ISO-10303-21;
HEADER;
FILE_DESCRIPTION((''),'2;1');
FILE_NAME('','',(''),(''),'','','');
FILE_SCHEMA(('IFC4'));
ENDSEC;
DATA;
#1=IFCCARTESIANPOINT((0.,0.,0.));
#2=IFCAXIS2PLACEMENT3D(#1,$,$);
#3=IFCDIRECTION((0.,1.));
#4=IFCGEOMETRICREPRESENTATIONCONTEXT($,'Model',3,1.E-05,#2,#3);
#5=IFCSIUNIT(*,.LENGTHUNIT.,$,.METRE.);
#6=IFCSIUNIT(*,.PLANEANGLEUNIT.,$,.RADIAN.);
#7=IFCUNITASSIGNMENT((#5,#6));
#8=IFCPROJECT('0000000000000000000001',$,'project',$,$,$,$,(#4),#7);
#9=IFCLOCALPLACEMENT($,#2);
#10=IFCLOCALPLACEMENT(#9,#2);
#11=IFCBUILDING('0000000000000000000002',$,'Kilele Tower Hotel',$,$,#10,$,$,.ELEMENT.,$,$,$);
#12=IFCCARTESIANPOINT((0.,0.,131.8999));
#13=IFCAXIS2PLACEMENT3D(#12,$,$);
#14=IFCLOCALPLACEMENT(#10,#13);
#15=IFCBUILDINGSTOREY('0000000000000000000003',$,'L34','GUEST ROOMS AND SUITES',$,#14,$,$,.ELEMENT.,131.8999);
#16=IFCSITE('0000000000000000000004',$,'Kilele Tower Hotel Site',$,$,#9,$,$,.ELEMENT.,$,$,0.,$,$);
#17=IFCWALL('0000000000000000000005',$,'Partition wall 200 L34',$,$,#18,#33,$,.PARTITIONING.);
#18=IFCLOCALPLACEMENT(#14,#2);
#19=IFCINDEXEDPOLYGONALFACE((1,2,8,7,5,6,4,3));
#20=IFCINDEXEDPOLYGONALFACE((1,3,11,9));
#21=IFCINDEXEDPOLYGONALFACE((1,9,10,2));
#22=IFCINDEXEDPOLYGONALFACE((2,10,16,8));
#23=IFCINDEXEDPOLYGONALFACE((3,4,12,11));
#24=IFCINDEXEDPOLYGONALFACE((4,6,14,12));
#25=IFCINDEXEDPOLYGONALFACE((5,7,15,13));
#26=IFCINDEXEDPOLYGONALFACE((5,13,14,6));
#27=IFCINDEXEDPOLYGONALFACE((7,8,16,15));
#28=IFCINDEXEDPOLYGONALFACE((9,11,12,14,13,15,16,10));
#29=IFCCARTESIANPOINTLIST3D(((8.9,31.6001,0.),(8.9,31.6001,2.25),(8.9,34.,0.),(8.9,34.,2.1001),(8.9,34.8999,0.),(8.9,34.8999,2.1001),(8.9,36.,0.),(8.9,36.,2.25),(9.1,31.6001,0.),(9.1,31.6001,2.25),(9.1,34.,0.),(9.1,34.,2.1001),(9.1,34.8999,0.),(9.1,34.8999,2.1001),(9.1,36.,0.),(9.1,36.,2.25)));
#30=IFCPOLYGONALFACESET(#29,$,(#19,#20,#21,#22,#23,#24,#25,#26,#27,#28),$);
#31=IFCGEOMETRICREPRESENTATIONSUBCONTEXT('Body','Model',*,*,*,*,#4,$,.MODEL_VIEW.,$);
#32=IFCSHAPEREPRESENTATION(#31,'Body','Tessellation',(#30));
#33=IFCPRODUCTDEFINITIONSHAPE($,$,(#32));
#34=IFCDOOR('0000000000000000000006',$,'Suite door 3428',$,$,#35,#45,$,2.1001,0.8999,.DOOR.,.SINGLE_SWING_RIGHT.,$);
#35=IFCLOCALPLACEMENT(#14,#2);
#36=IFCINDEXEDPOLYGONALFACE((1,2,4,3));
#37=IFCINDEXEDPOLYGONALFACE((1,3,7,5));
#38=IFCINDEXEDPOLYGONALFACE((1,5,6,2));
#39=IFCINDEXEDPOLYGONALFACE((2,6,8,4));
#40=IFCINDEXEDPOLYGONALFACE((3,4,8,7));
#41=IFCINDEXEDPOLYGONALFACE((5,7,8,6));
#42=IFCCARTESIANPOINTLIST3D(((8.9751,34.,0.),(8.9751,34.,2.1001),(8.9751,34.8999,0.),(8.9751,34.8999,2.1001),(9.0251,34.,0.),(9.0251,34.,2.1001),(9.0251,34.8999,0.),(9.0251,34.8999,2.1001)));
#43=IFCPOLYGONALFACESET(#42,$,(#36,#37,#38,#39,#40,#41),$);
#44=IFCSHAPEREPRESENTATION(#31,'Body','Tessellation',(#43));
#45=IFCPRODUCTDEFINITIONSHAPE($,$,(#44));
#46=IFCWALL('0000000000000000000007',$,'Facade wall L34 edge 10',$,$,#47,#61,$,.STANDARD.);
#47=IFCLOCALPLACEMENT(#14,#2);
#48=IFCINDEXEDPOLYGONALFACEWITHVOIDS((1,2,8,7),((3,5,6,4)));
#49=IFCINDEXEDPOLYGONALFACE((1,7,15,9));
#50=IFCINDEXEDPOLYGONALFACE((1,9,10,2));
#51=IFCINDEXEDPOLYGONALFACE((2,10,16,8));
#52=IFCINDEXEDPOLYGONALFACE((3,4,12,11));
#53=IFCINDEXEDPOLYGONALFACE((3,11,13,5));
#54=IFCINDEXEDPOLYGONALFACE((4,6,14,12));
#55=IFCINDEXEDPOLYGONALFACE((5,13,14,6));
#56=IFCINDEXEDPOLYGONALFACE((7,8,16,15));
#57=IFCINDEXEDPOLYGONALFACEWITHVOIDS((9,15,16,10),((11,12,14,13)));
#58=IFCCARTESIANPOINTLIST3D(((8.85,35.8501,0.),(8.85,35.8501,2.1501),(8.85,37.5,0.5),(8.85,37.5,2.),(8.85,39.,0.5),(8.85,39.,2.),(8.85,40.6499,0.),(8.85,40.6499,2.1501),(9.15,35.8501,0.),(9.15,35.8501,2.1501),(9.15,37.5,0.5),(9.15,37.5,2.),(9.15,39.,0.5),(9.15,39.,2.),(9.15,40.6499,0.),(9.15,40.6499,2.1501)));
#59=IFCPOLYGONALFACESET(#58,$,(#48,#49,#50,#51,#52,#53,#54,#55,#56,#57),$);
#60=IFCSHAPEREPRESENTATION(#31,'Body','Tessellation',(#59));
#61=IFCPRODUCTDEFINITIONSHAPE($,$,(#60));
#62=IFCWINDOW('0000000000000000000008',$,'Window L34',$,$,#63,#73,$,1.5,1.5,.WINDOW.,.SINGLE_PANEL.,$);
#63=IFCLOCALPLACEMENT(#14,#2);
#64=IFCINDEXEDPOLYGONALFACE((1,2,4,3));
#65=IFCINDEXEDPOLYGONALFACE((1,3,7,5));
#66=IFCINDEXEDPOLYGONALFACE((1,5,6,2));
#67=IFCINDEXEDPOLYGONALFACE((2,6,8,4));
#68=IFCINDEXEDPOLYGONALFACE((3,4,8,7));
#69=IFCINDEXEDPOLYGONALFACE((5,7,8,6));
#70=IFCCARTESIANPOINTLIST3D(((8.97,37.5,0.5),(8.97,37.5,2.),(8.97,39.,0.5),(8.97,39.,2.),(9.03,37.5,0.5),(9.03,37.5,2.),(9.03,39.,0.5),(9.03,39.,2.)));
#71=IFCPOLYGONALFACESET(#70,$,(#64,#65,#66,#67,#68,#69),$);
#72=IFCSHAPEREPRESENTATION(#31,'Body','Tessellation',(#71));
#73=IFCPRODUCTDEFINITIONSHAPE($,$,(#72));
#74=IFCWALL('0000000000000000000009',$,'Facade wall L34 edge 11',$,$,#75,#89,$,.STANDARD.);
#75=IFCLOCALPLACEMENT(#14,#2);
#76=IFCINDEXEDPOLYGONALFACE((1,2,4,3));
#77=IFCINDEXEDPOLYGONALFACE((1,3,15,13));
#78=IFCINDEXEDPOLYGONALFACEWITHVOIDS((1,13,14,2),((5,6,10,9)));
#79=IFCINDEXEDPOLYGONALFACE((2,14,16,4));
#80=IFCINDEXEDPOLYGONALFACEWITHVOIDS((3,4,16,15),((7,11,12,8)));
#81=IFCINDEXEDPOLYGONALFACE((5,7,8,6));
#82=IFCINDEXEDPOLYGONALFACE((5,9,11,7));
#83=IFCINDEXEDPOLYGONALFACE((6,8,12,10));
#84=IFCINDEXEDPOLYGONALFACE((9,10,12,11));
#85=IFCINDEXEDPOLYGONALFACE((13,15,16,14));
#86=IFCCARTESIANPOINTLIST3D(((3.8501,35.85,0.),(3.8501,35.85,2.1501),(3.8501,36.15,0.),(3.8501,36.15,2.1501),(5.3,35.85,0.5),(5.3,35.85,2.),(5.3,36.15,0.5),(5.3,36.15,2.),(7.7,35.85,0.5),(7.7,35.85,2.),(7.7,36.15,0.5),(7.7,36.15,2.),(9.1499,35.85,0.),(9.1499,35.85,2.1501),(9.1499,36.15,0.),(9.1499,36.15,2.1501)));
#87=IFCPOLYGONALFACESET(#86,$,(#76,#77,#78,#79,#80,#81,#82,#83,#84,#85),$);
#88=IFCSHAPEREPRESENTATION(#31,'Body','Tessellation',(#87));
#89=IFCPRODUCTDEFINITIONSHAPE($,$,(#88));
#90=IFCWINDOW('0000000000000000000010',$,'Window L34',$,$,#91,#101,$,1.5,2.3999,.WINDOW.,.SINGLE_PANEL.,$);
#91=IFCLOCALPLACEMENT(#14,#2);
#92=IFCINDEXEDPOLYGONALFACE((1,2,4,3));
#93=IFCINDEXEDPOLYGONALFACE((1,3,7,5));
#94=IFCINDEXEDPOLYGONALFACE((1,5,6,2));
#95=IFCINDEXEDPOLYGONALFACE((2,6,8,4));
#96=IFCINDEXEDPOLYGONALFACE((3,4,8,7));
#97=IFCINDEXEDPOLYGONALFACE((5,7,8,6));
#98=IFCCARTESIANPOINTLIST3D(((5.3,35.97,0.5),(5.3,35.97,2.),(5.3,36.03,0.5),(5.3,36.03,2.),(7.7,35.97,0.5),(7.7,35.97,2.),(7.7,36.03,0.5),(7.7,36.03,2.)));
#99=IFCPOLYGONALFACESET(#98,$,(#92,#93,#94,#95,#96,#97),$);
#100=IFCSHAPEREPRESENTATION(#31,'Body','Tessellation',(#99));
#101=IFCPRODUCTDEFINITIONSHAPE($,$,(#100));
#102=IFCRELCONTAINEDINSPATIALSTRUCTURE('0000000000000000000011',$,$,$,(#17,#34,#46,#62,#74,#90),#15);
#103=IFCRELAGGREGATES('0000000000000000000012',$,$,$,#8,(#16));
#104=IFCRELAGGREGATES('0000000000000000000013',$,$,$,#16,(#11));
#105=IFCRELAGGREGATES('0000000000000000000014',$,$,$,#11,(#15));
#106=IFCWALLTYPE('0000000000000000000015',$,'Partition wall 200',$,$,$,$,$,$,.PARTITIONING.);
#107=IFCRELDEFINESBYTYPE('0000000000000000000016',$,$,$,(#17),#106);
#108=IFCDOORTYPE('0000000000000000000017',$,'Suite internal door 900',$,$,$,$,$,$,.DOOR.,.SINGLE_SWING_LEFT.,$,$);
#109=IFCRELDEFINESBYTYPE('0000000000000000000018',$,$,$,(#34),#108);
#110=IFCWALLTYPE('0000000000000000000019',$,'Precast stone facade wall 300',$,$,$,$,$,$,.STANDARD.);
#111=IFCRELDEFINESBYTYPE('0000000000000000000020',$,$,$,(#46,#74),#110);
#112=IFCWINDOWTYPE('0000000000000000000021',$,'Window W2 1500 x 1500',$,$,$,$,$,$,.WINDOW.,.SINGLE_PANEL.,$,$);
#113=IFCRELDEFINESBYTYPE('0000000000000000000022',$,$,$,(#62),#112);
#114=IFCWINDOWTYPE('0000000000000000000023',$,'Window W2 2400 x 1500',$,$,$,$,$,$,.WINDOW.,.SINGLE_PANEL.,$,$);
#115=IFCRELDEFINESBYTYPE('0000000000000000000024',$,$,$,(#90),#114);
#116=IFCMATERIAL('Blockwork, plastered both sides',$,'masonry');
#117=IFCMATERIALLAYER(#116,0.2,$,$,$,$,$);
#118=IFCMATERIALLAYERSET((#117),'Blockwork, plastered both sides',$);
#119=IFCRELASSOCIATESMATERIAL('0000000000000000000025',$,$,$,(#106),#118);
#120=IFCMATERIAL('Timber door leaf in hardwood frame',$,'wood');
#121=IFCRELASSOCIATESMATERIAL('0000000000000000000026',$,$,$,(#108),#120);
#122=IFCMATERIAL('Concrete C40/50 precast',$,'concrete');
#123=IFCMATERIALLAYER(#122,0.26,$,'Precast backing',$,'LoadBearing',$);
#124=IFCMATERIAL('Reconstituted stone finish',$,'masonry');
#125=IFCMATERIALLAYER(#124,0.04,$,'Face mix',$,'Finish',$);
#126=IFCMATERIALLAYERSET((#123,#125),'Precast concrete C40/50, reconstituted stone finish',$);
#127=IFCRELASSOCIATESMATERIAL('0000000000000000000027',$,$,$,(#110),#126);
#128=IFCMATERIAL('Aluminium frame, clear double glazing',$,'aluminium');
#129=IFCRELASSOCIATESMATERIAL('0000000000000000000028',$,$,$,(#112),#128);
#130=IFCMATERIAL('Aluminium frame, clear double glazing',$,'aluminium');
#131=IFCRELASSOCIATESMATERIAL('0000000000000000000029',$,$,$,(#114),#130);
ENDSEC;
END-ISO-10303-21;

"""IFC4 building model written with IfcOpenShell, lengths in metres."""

from ifc_helpers import new_model, si_unit, direction, frame, frame_2d, origin, place, context, subcontext, project, spatial, rectangle, extrude, material, layer, layer_set, type_object, element, fill, save


model = new_model("IFC4")

# Units and contexts
model_context = context("Model", 3, precision=1e-05, world=origin(), true_north=direction((0.0, 1.0)))
body_context = subcontext(model_context, "Body", "Model", "MODEL_VIEW")
ifc_project = project(units=[si_unit("LENGTHUNIT", "METRE"), si_unit("PLANEANGLEUNIT", "RADIAN")], contexts=[model_context])

# Site, building, storey
site_placement = place(None, origin())
site = spatial("IfcSite", under=ifc_project, at=site_placement, Name="Kilele Tower Hotel Site", CompositionType="ELEMENT", RefElevation=0.0)
building_placement = place(site_placement, origin())
building = spatial("IfcBuilding", under=site, at=building_placement, Name="Kilele Tower Hotel", CompositionType="ELEMENT")
storey_placement = place(building_placement, frame((0.0, 0.0, 131.8999)))
storey = spatial("IfcBuildingStorey", under=building, at=storey_placement, Name="L34", Description="GUEST ROOMS AND SUITES", CompositionType="ELEMENT", Elevation=131.8999)

# Wall, opening, door
ifc_material_1 = material(Name="Blockwork, plastered both sides", Category="masonry")
ifc_layer_1 = layer(ifc_material_1, 0.2)
ifc_layer_set_1 = layer_set([ifc_layer_1], Name="Blockwork, plastered both sides")
wall_type_1 = type_object("IfcWallType", Name="Partition wall 200", PredefinedType="PARTITIONING", material=ifc_layer_set_1)
wall_1_placement = place(storey_placement, frame((9.0, 31.6001, 0.0), z_axis=(0.0, 0.0, 1.0), x_axis=(0.0, 1.0, 0.0)))
wall_1 = element("IfcWall", 1, at=wall_1_placement, inside=storey, type_object=wall_type_1, Name="Partition wall 200 L34", PredefinedType="PARTITIONING", context=body_context, shape_type="SweptSolid", body=[
    extrude(rectangle(XDim=4.3999, YDim=0.2, at=frame_2d((2.2, 0.0))), origin(), (0.0, 0.0, 1.0), 2.25),
])
opening_1_placement = place(wall_1_placement, frame((2.3999, 0.0, 0.0)))
opening_1 = element("IfcOpeningElement", 2, at=opening_1_placement, cuts=wall_1, PredefinedType="OPENING", context=body_context, shape_type="SweptSolid", body=[
    extrude(rectangle(XDim=0.8999, YDim=2.1001, at=frame_2d((0.45, 1.05))), frame((0.0, 0.1099, 0.0), z_axis=(0.0, -1.0, 0.0), x_axis=(1.0, 0.0, 0.0)), (0.0, 0.0, 1.0), 0.22),
])
ifc_material_2 = material(Name="Timber door leaf in hardwood frame", Category="wood")
door_type_1 = type_object("IfcDoorType", Name="Suite internal door 900", OperationType="SINGLE_SWING_LEFT", PredefinedType="DOOR", material=ifc_material_2)
door_1_placement = place(opening_1_placement, origin())
door_1 = element("IfcDoor", 3, at=door_1_placement, inside=storey, type_object=door_type_1, Name="Suite door 3428", OperationType="SINGLE_SWING_RIGHT", OverallHeight=2.1001, OverallWidth=0.8999, PredefinedType="DOOR", context=body_context, shape_type="SweptSolid", body=[
    extrude(rectangle(XDim=0.8999, YDim=2.1001, at=frame_2d((0.45, 1.05))), frame((0.0, 0.0249, 0.0), z_axis=(0.0, -1.0, 0.0), x_axis=(1.0, 0.0, 0.0)), (0.0, 0.0, 1.0), 0.05),
])
fill(opening_1, door_1)

# Walls, openings, windows
ifc_material_3 = material(Name="Concrete C40/50 precast", Category="concrete")
ifc_layer_2 = layer(ifc_material_3, 0.26, Name="Precast backing", Category="LoadBearing")
ifc_material_4 = material(Name="Reconstituted stone finish", Category="masonry")
ifc_layer_3 = layer(ifc_material_4, 0.04, Name="Face mix", Category="Finish")
ifc_layer_set_2 = layer_set([ifc_layer_2, ifc_layer_3], Name="Precast concrete C40/50, reconstituted stone finish")
wall_type_2 = type_object("IfcWallType", Name="Precast stone facade wall 300", PredefinedType="STANDARD", material=ifc_layer_set_2)
wall_2_placement = place(storey_placement, frame((9.0, 40.6499, 0.0), z_axis=(0.0, 0.0, 1.0), x_axis=(0.0, -1.0, 0.0)))
wall_2 = element("IfcWall", 4, at=wall_2_placement, inside=storey, type_object=wall_type_2, Name="Facade wall L34 edge 10", PredefinedType="STANDARD", context=body_context, shape_type="SweptSolid", body=[
    extrude(rectangle(XDim=4.7998, YDim=0.3, at=frame_2d((2.3999, 0.0))), origin(), (0.0, 0.0, 1.0), 2.1501),
])
opening_2_placement = place(wall_2_placement, frame((1.6499, 0.0, 0.5)))
opening_2 = element("IfcOpeningElement", 5, at=opening_2_placement, cuts=wall_2, PredefinedType="OPENING", context=body_context, shape_type="SweptSolid", body=[
    extrude(rectangle(XDim=1.5, YDim=1.5, at=frame_2d((0.75, 0.75))), frame((0.0, 0.1599, 0.0), z_axis=(0.0, -1.0, 0.0), x_axis=(1.0, 0.0, 0.0)), (0.0, 0.0, 1.0), 0.3201),
])
ifc_material_5 = material(Name="Aluminium frame, clear double glazing", Category="aluminium")
window_type_1 = type_object("IfcWindowType", Name="Window W2 1500 x 1500", PartitioningType="SINGLE_PANEL", PredefinedType="WINDOW", material=ifc_material_5)
window_1_placement = place(opening_2_placement, origin())
window_1 = element("IfcWindow", 6, at=window_1_placement, inside=storey, type_object=window_type_1, Name="Window L34", OverallHeight=1.5, OverallWidth=1.5, PartitioningType="SINGLE_PANEL", PredefinedType="WINDOW", context=body_context, shape_type="SweptSolid", body=[
    extrude(rectangle(XDim=1.5, YDim=1.5, at=frame_2d((0.75, 0.75))), frame((0.0, 0.03, 0.0), z_axis=(0.0, -1.0, 0.0), x_axis=(1.0, 0.0, 0.0)), (0.0, 0.0, 1.0), 0.0601),
])
fill(opening_2, window_1)
wall_3_placement = place(storey_placement, frame((9.1499, 36.0, 0.0), z_axis=(0.0, 0.0, 1.0), x_axis=(-1.0, 0.0, 0.0)))
wall_3 = element("IfcWall", 7, at=wall_3_placement, inside=storey, type_object=wall_type_2, Name="Facade wall L34 edge 11", PredefinedType="STANDARD", context=body_context, shape_type="SweptSolid", body=[
    extrude(rectangle(XDim=5.2998, YDim=0.3, at=frame_2d((2.6499, 0.0))), origin(), (0.0, 0.0, 1.0), 2.1501),
])
opening_3_placement = place(wall_3_placement, frame((1.45, 0.0, 0.5)))
opening_3 = element("IfcOpeningElement", 8, at=opening_3_placement, cuts=wall_3, PredefinedType="OPENING", context=body_context, shape_type="SweptSolid", body=[
    extrude(rectangle(XDim=2.3999, YDim=1.5, at=frame_2d((1.2, 0.75))), frame((0.0, 0.1599, 0.0), z_axis=(0.0, -1.0, 0.0), x_axis=(1.0, 0.0, 0.0)), (0.0, 0.0, 1.0), 0.3201),
])
ifc_material_6 = material(Name="Aluminium frame, clear double glazing", Category="aluminium")
window_type_2 = type_object("IfcWindowType", Name="Window W2 2400 x 1500", PartitioningType="SINGLE_PANEL", PredefinedType="WINDOW", material=ifc_material_6)
window_2_placement = place(opening_3_placement, origin())
window_2 = element("IfcWindow", 9, at=window_2_placement, inside=storey, type_object=window_type_2, Name="Window L34", OverallHeight=1.5, OverallWidth=2.3999, PartitioningType="SINGLE_PANEL", PredefinedType="WINDOW", context=body_context, shape_type="SweptSolid", body=[
    extrude(rectangle(XDim=2.3999, YDim=1.5, at=frame_2d((1.2, 0.75))), frame((0.0, 0.03, 0.0), z_axis=(0.0, -1.0, 0.0), x_axis=(1.0, 0.0, 0.0)), (0.0, 0.0, 1.0), 0.0601),
])
fill(opening_3, window_2)

save(model, "model.ifc")
